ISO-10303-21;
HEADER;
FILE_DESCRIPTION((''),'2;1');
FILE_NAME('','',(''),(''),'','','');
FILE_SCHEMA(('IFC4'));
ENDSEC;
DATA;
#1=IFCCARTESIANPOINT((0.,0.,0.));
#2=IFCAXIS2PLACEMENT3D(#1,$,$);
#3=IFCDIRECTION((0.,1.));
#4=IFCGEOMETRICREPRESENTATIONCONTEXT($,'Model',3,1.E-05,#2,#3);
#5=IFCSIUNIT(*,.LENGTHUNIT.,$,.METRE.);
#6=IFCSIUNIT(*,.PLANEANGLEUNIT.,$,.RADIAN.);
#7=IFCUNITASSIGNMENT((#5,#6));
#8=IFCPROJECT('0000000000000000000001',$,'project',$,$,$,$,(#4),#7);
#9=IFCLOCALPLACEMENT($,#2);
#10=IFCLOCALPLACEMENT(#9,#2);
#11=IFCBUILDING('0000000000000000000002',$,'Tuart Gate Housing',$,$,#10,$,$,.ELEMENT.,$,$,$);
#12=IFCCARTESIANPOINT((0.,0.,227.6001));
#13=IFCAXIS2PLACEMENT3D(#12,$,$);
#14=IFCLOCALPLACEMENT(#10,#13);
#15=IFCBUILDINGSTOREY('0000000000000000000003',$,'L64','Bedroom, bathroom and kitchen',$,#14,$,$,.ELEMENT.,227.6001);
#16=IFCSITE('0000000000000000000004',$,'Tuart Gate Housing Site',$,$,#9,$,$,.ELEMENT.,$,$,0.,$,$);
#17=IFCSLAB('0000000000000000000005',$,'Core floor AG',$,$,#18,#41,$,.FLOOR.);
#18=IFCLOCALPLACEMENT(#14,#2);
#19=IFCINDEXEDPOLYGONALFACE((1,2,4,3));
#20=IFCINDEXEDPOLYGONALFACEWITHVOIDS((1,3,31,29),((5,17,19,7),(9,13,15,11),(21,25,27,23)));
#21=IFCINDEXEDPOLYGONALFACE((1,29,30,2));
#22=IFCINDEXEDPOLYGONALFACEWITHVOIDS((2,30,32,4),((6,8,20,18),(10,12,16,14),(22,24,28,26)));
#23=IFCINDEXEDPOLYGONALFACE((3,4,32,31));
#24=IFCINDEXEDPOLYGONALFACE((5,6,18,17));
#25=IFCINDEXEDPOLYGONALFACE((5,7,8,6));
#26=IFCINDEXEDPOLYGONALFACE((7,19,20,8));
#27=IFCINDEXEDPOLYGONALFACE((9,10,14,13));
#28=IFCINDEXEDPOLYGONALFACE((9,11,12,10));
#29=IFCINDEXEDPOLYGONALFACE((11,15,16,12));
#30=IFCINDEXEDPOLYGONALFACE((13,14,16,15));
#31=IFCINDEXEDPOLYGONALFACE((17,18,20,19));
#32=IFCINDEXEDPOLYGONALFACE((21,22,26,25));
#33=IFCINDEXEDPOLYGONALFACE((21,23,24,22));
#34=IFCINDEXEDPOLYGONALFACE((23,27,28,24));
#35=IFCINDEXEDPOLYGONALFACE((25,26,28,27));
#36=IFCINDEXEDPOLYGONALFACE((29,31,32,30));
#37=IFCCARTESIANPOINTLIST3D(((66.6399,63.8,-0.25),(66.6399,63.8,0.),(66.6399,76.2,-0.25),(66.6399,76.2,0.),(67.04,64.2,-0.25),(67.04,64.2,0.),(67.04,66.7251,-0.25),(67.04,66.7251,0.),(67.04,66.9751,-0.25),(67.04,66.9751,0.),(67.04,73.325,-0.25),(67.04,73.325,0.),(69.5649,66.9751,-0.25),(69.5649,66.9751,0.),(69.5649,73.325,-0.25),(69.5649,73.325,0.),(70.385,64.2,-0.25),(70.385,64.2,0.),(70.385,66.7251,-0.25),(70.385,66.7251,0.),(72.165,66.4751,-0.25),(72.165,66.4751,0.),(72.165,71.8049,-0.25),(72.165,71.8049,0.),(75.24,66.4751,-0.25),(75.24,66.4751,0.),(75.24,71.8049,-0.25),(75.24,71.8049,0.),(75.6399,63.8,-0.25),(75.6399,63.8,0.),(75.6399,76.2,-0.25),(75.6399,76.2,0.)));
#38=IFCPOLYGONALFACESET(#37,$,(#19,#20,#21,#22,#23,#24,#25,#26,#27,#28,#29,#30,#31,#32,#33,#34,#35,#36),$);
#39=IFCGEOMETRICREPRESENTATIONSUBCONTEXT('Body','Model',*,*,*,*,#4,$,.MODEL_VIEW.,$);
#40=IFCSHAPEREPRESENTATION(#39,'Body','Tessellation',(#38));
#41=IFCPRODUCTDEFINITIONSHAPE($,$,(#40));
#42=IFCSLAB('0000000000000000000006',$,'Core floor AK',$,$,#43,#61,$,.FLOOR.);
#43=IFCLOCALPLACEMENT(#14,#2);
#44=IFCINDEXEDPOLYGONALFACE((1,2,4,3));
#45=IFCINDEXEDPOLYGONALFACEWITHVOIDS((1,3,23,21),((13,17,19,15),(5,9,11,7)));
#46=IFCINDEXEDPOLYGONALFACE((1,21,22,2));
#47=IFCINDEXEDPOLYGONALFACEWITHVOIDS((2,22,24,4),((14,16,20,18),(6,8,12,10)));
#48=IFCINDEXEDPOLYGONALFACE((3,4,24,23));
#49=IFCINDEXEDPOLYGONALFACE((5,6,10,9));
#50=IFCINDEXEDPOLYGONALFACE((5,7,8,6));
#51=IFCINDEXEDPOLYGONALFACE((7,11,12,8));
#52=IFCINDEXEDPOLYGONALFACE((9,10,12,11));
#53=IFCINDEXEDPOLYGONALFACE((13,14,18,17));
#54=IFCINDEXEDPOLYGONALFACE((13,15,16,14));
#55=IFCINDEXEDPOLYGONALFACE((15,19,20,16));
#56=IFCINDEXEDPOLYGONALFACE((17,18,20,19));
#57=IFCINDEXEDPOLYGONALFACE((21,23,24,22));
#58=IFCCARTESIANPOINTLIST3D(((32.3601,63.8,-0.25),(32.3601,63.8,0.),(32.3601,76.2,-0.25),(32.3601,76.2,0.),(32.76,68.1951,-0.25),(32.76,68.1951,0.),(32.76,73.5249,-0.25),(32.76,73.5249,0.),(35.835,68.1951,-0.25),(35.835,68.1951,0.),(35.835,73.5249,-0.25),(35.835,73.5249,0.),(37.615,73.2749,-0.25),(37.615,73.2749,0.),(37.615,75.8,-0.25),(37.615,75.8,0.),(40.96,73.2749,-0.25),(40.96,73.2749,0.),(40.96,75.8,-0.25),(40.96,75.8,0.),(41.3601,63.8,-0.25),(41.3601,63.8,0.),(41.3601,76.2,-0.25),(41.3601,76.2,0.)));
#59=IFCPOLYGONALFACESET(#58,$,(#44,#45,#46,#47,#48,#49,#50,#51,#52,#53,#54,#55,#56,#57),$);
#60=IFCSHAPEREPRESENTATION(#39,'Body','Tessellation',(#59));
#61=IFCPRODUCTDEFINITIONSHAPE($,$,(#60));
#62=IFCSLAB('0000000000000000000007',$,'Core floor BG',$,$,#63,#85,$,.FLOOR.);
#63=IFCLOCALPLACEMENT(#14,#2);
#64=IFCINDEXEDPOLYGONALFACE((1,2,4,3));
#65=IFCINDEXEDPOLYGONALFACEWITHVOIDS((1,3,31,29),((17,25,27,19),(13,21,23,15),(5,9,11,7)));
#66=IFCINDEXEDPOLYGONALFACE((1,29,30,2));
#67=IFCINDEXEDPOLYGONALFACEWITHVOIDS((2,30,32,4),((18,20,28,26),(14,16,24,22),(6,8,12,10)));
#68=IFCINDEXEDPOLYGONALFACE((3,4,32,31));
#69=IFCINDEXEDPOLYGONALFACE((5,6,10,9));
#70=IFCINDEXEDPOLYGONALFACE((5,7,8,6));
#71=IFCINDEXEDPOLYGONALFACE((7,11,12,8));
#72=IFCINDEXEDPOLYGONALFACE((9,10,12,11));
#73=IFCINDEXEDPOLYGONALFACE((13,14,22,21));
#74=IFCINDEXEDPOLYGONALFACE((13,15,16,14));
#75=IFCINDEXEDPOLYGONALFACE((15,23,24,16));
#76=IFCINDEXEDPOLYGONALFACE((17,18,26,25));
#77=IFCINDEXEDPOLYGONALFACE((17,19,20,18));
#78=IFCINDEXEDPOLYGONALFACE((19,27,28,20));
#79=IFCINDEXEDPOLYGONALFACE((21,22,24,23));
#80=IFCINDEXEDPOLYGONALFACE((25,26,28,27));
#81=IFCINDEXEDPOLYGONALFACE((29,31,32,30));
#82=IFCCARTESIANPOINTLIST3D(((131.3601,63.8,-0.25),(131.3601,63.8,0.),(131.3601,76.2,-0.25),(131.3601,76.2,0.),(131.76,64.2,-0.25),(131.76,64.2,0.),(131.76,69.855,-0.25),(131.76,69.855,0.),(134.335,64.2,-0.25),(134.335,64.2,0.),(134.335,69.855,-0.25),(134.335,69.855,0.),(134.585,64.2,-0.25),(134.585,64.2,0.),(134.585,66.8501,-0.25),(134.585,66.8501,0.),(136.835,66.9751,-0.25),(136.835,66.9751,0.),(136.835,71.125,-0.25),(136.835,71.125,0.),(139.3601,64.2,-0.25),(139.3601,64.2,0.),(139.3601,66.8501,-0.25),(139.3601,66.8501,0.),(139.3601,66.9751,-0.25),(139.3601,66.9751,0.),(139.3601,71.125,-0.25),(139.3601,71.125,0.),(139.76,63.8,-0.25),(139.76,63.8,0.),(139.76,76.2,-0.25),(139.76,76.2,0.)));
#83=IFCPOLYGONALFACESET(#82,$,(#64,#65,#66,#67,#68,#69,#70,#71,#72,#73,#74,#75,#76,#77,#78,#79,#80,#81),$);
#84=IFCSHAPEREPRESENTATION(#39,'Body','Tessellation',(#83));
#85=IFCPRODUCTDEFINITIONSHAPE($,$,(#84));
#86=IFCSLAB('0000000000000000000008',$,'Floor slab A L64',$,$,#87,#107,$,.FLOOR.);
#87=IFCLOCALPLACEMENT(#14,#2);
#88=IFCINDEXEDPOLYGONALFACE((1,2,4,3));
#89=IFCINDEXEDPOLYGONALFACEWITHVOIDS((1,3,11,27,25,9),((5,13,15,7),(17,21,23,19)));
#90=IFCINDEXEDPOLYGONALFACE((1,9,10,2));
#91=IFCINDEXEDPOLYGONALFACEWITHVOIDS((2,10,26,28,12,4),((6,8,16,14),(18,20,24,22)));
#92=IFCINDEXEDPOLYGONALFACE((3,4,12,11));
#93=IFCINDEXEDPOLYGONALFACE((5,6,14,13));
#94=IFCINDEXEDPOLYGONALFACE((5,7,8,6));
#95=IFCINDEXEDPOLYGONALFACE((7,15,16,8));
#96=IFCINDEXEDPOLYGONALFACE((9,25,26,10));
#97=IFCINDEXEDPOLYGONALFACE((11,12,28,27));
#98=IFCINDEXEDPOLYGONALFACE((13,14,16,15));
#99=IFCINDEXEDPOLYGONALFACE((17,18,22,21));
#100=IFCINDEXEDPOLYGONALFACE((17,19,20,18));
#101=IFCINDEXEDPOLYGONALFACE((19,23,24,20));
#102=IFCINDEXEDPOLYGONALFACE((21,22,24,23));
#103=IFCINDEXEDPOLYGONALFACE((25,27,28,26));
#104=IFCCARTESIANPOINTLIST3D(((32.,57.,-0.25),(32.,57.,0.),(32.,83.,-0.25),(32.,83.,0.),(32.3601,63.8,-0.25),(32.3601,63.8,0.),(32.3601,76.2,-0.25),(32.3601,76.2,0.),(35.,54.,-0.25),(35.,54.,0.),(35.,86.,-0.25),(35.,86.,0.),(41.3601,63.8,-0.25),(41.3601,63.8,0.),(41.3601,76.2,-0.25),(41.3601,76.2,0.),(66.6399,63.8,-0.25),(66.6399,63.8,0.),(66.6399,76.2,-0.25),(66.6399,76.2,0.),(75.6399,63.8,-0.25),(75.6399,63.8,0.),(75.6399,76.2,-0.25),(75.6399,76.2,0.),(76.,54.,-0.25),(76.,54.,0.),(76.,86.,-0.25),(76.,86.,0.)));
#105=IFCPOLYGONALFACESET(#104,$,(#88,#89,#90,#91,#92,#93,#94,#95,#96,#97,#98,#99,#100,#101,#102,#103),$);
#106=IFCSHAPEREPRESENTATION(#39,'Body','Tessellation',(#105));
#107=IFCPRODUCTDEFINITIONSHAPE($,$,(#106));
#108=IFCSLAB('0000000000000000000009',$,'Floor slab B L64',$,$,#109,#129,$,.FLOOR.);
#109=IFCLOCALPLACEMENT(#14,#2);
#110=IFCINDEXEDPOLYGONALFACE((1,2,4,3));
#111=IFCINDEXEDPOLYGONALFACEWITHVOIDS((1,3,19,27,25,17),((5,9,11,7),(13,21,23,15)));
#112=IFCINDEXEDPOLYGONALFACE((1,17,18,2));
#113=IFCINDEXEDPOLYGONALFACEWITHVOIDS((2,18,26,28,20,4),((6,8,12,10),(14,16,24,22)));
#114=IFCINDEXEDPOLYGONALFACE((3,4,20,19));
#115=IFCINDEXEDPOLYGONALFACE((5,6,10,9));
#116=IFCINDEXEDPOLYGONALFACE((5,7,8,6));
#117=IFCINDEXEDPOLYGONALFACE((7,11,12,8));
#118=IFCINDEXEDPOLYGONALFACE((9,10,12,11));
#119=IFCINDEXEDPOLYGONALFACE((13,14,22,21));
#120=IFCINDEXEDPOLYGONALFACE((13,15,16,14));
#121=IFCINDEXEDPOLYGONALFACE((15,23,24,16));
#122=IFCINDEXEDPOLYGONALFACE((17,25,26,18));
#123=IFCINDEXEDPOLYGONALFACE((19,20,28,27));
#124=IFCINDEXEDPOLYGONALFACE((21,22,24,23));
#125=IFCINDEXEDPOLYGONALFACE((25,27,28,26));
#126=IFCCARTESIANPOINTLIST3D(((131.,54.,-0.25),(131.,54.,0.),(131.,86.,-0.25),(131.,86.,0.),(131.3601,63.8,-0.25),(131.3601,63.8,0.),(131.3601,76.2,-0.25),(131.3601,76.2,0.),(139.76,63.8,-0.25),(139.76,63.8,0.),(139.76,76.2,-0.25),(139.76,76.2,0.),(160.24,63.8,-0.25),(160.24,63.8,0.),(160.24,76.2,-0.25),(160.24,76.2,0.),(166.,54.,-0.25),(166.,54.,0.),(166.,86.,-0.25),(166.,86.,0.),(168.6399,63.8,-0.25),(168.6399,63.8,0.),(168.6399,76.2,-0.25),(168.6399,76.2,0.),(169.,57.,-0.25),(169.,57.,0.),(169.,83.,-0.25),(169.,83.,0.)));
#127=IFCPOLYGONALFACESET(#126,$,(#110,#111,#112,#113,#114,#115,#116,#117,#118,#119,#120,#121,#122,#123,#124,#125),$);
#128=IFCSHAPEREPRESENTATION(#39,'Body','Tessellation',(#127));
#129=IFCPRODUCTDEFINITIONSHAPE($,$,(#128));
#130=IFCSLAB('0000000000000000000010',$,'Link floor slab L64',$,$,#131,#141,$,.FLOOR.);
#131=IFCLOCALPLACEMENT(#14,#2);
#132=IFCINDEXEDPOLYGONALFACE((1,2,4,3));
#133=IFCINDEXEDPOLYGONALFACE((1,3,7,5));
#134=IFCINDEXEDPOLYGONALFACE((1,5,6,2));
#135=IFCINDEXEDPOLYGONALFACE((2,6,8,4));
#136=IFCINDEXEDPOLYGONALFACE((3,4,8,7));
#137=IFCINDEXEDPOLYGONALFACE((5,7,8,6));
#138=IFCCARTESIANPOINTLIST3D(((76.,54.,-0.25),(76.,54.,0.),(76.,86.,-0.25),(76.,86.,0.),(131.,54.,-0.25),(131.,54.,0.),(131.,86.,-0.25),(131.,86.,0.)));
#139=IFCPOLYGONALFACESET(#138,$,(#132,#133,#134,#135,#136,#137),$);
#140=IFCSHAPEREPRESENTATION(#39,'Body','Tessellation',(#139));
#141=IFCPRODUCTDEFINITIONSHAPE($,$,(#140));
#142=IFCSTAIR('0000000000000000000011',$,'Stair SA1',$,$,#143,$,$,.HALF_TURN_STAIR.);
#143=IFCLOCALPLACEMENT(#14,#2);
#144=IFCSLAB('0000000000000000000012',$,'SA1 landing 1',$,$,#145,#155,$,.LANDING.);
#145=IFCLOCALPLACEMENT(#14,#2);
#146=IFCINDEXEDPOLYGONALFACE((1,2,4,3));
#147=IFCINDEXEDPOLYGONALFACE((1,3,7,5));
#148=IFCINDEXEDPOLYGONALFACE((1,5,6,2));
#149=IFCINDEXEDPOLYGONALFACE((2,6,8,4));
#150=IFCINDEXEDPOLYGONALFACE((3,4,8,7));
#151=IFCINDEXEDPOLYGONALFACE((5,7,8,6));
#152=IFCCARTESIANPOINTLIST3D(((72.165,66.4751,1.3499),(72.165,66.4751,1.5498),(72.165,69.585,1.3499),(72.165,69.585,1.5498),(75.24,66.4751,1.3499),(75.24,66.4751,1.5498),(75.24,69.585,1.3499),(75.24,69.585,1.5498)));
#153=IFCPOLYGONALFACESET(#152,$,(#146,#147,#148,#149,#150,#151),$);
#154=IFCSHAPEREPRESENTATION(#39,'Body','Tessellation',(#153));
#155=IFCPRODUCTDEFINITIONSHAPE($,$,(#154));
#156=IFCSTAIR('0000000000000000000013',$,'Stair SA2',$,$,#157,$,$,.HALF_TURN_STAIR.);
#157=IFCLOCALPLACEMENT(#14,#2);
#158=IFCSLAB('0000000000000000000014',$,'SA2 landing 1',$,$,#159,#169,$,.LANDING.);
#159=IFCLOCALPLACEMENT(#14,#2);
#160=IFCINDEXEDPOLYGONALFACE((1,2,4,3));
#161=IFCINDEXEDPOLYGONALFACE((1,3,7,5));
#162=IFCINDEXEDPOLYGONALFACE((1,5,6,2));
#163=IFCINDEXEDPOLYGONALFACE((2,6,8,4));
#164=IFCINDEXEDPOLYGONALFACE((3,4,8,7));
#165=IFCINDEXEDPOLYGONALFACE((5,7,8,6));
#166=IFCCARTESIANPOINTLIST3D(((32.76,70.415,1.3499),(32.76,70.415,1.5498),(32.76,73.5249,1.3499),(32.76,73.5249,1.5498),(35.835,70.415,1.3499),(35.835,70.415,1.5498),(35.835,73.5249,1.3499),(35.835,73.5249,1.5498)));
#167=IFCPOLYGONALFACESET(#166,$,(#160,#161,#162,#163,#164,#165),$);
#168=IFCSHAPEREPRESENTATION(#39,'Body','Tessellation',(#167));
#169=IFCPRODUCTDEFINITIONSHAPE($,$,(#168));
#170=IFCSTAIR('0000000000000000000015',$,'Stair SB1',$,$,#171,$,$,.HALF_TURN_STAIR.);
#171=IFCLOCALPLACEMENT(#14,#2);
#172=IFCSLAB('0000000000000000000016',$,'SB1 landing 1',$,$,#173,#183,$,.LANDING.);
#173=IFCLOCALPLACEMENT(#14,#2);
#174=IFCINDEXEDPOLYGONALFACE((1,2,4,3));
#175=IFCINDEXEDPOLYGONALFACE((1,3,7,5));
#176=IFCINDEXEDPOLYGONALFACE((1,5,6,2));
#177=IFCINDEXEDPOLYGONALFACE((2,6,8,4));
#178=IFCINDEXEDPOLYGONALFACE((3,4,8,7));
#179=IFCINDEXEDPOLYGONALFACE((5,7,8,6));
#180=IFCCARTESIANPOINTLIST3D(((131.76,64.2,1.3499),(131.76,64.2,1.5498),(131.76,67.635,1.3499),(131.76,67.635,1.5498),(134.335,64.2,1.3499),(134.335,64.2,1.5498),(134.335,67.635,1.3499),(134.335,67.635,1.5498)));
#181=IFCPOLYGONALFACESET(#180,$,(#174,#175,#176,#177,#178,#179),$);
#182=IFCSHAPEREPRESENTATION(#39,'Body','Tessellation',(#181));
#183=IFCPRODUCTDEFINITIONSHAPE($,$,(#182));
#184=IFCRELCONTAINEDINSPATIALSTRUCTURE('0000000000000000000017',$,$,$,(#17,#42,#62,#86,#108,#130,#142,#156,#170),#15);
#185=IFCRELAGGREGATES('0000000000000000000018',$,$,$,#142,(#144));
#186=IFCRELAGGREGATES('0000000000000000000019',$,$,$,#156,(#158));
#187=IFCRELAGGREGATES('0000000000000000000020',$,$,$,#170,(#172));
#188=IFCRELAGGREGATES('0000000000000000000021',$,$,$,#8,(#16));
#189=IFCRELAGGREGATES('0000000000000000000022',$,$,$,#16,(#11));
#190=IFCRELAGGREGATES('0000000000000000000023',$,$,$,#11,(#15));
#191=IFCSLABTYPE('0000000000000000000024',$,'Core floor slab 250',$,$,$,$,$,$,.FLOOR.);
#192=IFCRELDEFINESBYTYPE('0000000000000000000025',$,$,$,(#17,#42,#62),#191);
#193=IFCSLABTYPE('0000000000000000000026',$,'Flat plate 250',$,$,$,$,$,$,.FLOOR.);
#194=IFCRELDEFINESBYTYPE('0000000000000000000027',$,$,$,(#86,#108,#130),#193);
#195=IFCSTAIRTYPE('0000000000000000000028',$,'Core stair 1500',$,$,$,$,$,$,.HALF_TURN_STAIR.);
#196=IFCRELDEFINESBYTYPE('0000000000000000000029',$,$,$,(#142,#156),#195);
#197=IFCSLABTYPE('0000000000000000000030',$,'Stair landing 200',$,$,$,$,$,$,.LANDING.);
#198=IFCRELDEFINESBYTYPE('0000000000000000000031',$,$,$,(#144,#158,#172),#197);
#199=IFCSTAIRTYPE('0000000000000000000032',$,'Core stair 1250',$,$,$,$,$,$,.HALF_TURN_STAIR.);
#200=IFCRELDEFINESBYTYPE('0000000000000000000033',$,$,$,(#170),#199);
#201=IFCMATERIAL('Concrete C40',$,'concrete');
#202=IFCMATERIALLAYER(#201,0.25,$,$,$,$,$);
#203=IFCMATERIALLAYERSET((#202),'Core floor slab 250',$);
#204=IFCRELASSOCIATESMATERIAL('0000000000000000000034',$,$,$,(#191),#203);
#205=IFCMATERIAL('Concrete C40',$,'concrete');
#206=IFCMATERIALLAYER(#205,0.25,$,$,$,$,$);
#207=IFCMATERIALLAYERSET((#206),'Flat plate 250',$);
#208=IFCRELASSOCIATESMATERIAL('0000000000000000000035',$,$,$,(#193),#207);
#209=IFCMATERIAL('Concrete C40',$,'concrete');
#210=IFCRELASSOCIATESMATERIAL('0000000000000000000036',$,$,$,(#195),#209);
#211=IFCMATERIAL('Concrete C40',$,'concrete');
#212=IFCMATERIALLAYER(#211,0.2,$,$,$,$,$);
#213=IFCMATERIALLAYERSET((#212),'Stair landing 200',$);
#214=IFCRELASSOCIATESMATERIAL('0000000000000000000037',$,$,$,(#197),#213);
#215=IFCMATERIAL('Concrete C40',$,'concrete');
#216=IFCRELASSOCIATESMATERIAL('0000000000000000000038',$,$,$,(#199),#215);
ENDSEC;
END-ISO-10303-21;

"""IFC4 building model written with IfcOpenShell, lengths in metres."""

from ifc_helpers import new_model, si_unit, direction, frame, origin, place, context, subcontext, project, spatial, polyline, outline, extrude, material, layer, layer_set, type_object, element, aggregate, save


model = new_model("IFC4")

# Units and contexts
model_context = context("Model", 3, precision=1e-05, world=origin(), true_north=direction((0.0, 1.0)))
body_context = subcontext(model_context, "Body", "Model", "MODEL_VIEW")
ifc_project = project(units=[si_unit("LENGTHUNIT", "METRE"), si_unit("PLANEANGLEUNIT", "RADIAN")], contexts=[model_context])

# Site, building, storey
site_placement = place(None, origin())
site = spatial("IfcSite", under=ifc_project, at=site_placement, Name="Tuart Gate Housing Site", CompositionType="ELEMENT", RefElevation=0.0)
building_placement = place(site_placement, origin())
building = spatial("IfcBuilding", under=site, at=building_placement, Name="Tuart Gate Housing", CompositionType="ELEMENT")
storey_placement = place(building_placement, frame((0.0, 0.0, 227.6001)))
storey = spatial("IfcBuildingStorey", under=building, at=storey_placement, Name="L64", Description="Bedroom, bathroom and kitchen", CompositionType="ELEMENT", Elevation=227.6001)

# Slabs
ifc_material_1 = material(Name="Concrete C40", Category="concrete")
ifc_layer_1 = layer(ifc_material_1, 0.25)
ifc_layer_set_1 = layer_set([ifc_layer_1], Name="Core floor slab 250")
slab_type_1 = type_object("IfcSlabType", Name="Core floor slab 250", PredefinedType="FLOOR", material=ifc_layer_set_1)
slab_1_placement = place(storey_placement, frame((0.0, 0.0, -0.25)))
element("IfcSlab", 1, at=slab_1_placement, inside=storey, type_object=slab_type_1, Name="Core floor AG", PredefinedType="FLOOR", context=body_context, shape_type="SweptSolid", body=[
    extrude(outline(polyline([(66.6399, 63.8), (75.6399, 63.8), (75.6399, 76.2), (66.6399, 76.2), (66.6399, 63.8)]), holes=[polyline([(67.04, 64.2), (70.385, 64.2), (70.385, 66.7251), (67.04, 66.7251), (67.04, 64.2)]), polyline([(67.04, 66.9751), (69.5649, 66.9751), (69.5649, 73.325), (67.04, 73.325), (67.04, 66.9751)]), polyline([(72.165, 66.4751), (75.24, 66.4751), (75.24, 71.8049), (72.165, 71.8049), (72.165, 66.4751)])]), origin(), (0.0, 0.0, 1.0), 0.25),
])
slab_2_placement = place(storey_placement, frame((0.0, 0.0, -0.25)))
element("IfcSlab", 2, at=slab_2_placement, inside=storey, type_object=slab_type_1, Name="Core floor AK", PredefinedType="FLOOR", context=body_context, shape_type="SweptSolid", body=[
    extrude(outline(polyline([(32.3601, 63.8), (41.3601, 63.8), (41.3601, 76.2), (32.3601, 76.2), (32.3601, 63.8)]), holes=[polyline([(40.96, 75.8), (37.615, 75.8), (37.615, 73.2749), (40.96, 73.2749), (40.96, 75.8)]), polyline([(35.835, 73.5249), (32.76, 73.5249), (32.76, 68.1951), (35.835, 68.1951), (35.835, 73.5249)])]), origin(), (0.0, 0.0, 1.0), 0.25),
])
slab_3_placement = place(storey_placement, frame((0.0, 0.0, -0.25)))
element("IfcSlab", 3, at=slab_3_placement, inside=storey, type_object=slab_type_1, Name="Core floor BG", PredefinedType="FLOOR", context=body_context, shape_type="SweptSolid", body=[
    extrude(outline(polyline([(131.3601, 63.8), (139.76, 63.8), (139.76, 76.2), (131.3601, 76.2), (131.3601, 63.8)]), holes=[polyline([(139.3601, 66.8501), (134.585, 66.8501), (134.585, 64.2), (139.3601, 64.2), (139.3601, 66.8501)]), polyline([(139.3601, 71.125), (136.835, 71.125), (136.835, 66.9751), (139.3601, 66.9751), (139.3601, 71.125)]), polyline([(134.335, 69.855), (131.76, 69.855), (131.76, 64.2), (134.335, 64.2), (134.335, 69.855)])]), origin(), (0.0, 0.0, 1.0), 0.25),
])
ifc_material_2 = material(Name="Concrete C40", Category="concrete")
ifc_layer_2 = layer(ifc_material_2, 0.25)
ifc_layer_set_2 = layer_set([ifc_layer_2], Name="Flat plate 250")
slab_type_2 = type_object("IfcSlabType", Name="Flat plate 250", PredefinedType="FLOOR", material=ifc_layer_set_2)
slab_4_placement = place(storey_placement, frame((0.0, 0.0, -0.25)))
element("IfcSlab", 4, at=slab_4_placement, inside=storey, type_object=slab_type_2, Name="Floor slab A L64", PredefinedType="FLOOR", context=body_context, shape_type="SweptSolid", body=[
    extrude(outline(polyline([(35.0, 86.0), (32.0, 83.0), (32.0, 57.0), (35.0, 54.0), (76.0, 54.0), (76.0, 86.0), (35.0, 86.0)]), holes=[polyline([(66.6399, 76.2), (75.6399, 76.2), (75.6399, 63.8), (66.6399, 63.8), (66.6399, 76.2)]), polyline([(41.3601, 76.2), (41.3601, 63.8), (32.3601, 63.8), (32.3601, 76.2), (41.3601, 76.2)])]), origin(), (0.0, 0.0, 1.0), 0.25),
])
slab_5_placement = place(storey_placement, frame((0.0, 0.0, -0.25)))
element("IfcSlab", 5, at=slab_5_placement, inside=storey, type_object=slab_type_2, Name="Floor slab B L64", PredefinedType="FLOOR", context=body_context, shape_type="SweptSolid", body=[
    extrude(outline(polyline([(166.0, 86.0), (131.0, 86.0), (131.0, 54.0), (166.0, 54.0), (169.0, 57.0), (169.0, 83.0), (166.0, 86.0)]), holes=[polyline([(131.3601, 76.2), (139.76, 76.2), (139.76, 63.8), (131.3601, 63.8), (131.3601, 76.2)]), polyline([(168.6399, 76.2), (168.6399, 63.8), (160.24, 63.8), (160.24, 76.2), (168.6399, 76.2)])]), origin(), (0.0, 0.0, 1.0), 0.25),
])
slab_6_placement = place(storey_placement, frame((0.0, 0.0, -0.25)))
element("IfcSlab", 6, at=slab_6_placement, inside=storey, type_object=slab_type_2, Name="Link floor slab L64", PredefinedType="FLOOR", context=body_context, shape_type="SweptSolid", body=[
    extrude(outline(polyline([(76.0, 54.0), (131.0, 54.0), (131.0, 86.0), (76.0, 86.0), (76.0, 54.0)])), origin(), (0.0, 0.0, 1.0), 0.25),
])

# Stairs, slabs
ifc_material_3 = material(Name="Concrete C40", Category="concrete")
stair_type_1 = type_object("IfcStairType", Name="Core stair 1500", PredefinedType="HALF_TURN_STAIR", material=ifc_material_3)
stair_1_placement = place(storey_placement, origin())
stair_1 = element("IfcStair", 7, at=stair_1_placement, inside=storey, type_object=stair_type_1, Name="Stair SA1", PredefinedType="HALF_TURN_STAIR")
ifc_material_4 = material(Name="Concrete C40", Category="concrete")
ifc_layer_3 = layer(ifc_material_4, 0.2)
ifc_layer_set_3 = layer_set([ifc_layer_3], Name="Stair landing 200")
slab_type_3 = type_object("IfcSlabType", Name="Stair landing 200", PredefinedType="LANDING", material=ifc_layer_set_3)
slab_7_placement = place(storey_placement, frame((0.0, 0.0, 1.3499)))
slab_7 = element("IfcSlab", 8, at=slab_7_placement, type_object=slab_type_3, Name="SA1 landing 1", PredefinedType="LANDING", context=body_context, shape_type="SweptSolid", body=[
    extrude(outline(polyline([(72.165, 66.4751), (75.24, 66.4751), (75.24, 69.585), (72.165, 69.585), (72.165, 66.4751)])), origin(), (0.0, 0.0, 1.0), 0.2),
])
aggregate(stair_1, [slab_7])
stair_2_placement = place(storey_placement, origin())
stair_2 = element("IfcStair", 9, at=stair_2_placement, inside=storey, type_object=stair_type_1, Name="Stair SA2", PredefinedType="HALF_TURN_STAIR")
slab_8_placement = place(storey_placement, frame((0.0, 0.0, 1.3499)))
slab_8 = element("IfcSlab", 10, at=slab_8_placement, type_object=slab_type_3, Name="SA2 landing 1", PredefinedType="LANDING", context=body_context, shape_type="SweptSolid", body=[
    extrude(outline(polyline([(35.835, 73.5249), (32.76, 73.5249), (32.76, 70.415), (35.835, 70.415), (35.835, 73.5249)])), origin(), (0.0, 0.0, 1.0), 0.2),
])
aggregate(stair_2, [slab_8])
ifc_material_5 = material(Name="Concrete C40", Category="concrete")
stair_type_2 = type_object("IfcStairType", Name="Core stair 1250", PredefinedType="HALF_TURN_STAIR", material=ifc_material_5)
stair_3_placement = place(storey_placement, origin())
stair_3 = element("IfcStair", 11, at=stair_3_placement, inside=storey, type_object=stair_type_2, Name="Stair SB1", PredefinedType="HALF_TURN_STAIR")
slab_9_placement = place(storey_placement, frame((0.0, 0.0, 1.3499)))
slab_9 = element("IfcSlab", 12, at=slab_9_placement, type_object=slab_type_3, Name="SB1 landing 1", PredefinedType="LANDING", context=body_context, shape_type="SweptSolid", body=[
    extrude(outline(polyline([(134.335, 67.635), (131.76, 67.635), (131.76, 64.2), (134.335, 64.2), (134.335, 67.635)])), origin(), (0.0, 0.0, 1.0), 0.2),
])
aggregate(stair_3, [slab_9])

save(model, "model.ifc")
